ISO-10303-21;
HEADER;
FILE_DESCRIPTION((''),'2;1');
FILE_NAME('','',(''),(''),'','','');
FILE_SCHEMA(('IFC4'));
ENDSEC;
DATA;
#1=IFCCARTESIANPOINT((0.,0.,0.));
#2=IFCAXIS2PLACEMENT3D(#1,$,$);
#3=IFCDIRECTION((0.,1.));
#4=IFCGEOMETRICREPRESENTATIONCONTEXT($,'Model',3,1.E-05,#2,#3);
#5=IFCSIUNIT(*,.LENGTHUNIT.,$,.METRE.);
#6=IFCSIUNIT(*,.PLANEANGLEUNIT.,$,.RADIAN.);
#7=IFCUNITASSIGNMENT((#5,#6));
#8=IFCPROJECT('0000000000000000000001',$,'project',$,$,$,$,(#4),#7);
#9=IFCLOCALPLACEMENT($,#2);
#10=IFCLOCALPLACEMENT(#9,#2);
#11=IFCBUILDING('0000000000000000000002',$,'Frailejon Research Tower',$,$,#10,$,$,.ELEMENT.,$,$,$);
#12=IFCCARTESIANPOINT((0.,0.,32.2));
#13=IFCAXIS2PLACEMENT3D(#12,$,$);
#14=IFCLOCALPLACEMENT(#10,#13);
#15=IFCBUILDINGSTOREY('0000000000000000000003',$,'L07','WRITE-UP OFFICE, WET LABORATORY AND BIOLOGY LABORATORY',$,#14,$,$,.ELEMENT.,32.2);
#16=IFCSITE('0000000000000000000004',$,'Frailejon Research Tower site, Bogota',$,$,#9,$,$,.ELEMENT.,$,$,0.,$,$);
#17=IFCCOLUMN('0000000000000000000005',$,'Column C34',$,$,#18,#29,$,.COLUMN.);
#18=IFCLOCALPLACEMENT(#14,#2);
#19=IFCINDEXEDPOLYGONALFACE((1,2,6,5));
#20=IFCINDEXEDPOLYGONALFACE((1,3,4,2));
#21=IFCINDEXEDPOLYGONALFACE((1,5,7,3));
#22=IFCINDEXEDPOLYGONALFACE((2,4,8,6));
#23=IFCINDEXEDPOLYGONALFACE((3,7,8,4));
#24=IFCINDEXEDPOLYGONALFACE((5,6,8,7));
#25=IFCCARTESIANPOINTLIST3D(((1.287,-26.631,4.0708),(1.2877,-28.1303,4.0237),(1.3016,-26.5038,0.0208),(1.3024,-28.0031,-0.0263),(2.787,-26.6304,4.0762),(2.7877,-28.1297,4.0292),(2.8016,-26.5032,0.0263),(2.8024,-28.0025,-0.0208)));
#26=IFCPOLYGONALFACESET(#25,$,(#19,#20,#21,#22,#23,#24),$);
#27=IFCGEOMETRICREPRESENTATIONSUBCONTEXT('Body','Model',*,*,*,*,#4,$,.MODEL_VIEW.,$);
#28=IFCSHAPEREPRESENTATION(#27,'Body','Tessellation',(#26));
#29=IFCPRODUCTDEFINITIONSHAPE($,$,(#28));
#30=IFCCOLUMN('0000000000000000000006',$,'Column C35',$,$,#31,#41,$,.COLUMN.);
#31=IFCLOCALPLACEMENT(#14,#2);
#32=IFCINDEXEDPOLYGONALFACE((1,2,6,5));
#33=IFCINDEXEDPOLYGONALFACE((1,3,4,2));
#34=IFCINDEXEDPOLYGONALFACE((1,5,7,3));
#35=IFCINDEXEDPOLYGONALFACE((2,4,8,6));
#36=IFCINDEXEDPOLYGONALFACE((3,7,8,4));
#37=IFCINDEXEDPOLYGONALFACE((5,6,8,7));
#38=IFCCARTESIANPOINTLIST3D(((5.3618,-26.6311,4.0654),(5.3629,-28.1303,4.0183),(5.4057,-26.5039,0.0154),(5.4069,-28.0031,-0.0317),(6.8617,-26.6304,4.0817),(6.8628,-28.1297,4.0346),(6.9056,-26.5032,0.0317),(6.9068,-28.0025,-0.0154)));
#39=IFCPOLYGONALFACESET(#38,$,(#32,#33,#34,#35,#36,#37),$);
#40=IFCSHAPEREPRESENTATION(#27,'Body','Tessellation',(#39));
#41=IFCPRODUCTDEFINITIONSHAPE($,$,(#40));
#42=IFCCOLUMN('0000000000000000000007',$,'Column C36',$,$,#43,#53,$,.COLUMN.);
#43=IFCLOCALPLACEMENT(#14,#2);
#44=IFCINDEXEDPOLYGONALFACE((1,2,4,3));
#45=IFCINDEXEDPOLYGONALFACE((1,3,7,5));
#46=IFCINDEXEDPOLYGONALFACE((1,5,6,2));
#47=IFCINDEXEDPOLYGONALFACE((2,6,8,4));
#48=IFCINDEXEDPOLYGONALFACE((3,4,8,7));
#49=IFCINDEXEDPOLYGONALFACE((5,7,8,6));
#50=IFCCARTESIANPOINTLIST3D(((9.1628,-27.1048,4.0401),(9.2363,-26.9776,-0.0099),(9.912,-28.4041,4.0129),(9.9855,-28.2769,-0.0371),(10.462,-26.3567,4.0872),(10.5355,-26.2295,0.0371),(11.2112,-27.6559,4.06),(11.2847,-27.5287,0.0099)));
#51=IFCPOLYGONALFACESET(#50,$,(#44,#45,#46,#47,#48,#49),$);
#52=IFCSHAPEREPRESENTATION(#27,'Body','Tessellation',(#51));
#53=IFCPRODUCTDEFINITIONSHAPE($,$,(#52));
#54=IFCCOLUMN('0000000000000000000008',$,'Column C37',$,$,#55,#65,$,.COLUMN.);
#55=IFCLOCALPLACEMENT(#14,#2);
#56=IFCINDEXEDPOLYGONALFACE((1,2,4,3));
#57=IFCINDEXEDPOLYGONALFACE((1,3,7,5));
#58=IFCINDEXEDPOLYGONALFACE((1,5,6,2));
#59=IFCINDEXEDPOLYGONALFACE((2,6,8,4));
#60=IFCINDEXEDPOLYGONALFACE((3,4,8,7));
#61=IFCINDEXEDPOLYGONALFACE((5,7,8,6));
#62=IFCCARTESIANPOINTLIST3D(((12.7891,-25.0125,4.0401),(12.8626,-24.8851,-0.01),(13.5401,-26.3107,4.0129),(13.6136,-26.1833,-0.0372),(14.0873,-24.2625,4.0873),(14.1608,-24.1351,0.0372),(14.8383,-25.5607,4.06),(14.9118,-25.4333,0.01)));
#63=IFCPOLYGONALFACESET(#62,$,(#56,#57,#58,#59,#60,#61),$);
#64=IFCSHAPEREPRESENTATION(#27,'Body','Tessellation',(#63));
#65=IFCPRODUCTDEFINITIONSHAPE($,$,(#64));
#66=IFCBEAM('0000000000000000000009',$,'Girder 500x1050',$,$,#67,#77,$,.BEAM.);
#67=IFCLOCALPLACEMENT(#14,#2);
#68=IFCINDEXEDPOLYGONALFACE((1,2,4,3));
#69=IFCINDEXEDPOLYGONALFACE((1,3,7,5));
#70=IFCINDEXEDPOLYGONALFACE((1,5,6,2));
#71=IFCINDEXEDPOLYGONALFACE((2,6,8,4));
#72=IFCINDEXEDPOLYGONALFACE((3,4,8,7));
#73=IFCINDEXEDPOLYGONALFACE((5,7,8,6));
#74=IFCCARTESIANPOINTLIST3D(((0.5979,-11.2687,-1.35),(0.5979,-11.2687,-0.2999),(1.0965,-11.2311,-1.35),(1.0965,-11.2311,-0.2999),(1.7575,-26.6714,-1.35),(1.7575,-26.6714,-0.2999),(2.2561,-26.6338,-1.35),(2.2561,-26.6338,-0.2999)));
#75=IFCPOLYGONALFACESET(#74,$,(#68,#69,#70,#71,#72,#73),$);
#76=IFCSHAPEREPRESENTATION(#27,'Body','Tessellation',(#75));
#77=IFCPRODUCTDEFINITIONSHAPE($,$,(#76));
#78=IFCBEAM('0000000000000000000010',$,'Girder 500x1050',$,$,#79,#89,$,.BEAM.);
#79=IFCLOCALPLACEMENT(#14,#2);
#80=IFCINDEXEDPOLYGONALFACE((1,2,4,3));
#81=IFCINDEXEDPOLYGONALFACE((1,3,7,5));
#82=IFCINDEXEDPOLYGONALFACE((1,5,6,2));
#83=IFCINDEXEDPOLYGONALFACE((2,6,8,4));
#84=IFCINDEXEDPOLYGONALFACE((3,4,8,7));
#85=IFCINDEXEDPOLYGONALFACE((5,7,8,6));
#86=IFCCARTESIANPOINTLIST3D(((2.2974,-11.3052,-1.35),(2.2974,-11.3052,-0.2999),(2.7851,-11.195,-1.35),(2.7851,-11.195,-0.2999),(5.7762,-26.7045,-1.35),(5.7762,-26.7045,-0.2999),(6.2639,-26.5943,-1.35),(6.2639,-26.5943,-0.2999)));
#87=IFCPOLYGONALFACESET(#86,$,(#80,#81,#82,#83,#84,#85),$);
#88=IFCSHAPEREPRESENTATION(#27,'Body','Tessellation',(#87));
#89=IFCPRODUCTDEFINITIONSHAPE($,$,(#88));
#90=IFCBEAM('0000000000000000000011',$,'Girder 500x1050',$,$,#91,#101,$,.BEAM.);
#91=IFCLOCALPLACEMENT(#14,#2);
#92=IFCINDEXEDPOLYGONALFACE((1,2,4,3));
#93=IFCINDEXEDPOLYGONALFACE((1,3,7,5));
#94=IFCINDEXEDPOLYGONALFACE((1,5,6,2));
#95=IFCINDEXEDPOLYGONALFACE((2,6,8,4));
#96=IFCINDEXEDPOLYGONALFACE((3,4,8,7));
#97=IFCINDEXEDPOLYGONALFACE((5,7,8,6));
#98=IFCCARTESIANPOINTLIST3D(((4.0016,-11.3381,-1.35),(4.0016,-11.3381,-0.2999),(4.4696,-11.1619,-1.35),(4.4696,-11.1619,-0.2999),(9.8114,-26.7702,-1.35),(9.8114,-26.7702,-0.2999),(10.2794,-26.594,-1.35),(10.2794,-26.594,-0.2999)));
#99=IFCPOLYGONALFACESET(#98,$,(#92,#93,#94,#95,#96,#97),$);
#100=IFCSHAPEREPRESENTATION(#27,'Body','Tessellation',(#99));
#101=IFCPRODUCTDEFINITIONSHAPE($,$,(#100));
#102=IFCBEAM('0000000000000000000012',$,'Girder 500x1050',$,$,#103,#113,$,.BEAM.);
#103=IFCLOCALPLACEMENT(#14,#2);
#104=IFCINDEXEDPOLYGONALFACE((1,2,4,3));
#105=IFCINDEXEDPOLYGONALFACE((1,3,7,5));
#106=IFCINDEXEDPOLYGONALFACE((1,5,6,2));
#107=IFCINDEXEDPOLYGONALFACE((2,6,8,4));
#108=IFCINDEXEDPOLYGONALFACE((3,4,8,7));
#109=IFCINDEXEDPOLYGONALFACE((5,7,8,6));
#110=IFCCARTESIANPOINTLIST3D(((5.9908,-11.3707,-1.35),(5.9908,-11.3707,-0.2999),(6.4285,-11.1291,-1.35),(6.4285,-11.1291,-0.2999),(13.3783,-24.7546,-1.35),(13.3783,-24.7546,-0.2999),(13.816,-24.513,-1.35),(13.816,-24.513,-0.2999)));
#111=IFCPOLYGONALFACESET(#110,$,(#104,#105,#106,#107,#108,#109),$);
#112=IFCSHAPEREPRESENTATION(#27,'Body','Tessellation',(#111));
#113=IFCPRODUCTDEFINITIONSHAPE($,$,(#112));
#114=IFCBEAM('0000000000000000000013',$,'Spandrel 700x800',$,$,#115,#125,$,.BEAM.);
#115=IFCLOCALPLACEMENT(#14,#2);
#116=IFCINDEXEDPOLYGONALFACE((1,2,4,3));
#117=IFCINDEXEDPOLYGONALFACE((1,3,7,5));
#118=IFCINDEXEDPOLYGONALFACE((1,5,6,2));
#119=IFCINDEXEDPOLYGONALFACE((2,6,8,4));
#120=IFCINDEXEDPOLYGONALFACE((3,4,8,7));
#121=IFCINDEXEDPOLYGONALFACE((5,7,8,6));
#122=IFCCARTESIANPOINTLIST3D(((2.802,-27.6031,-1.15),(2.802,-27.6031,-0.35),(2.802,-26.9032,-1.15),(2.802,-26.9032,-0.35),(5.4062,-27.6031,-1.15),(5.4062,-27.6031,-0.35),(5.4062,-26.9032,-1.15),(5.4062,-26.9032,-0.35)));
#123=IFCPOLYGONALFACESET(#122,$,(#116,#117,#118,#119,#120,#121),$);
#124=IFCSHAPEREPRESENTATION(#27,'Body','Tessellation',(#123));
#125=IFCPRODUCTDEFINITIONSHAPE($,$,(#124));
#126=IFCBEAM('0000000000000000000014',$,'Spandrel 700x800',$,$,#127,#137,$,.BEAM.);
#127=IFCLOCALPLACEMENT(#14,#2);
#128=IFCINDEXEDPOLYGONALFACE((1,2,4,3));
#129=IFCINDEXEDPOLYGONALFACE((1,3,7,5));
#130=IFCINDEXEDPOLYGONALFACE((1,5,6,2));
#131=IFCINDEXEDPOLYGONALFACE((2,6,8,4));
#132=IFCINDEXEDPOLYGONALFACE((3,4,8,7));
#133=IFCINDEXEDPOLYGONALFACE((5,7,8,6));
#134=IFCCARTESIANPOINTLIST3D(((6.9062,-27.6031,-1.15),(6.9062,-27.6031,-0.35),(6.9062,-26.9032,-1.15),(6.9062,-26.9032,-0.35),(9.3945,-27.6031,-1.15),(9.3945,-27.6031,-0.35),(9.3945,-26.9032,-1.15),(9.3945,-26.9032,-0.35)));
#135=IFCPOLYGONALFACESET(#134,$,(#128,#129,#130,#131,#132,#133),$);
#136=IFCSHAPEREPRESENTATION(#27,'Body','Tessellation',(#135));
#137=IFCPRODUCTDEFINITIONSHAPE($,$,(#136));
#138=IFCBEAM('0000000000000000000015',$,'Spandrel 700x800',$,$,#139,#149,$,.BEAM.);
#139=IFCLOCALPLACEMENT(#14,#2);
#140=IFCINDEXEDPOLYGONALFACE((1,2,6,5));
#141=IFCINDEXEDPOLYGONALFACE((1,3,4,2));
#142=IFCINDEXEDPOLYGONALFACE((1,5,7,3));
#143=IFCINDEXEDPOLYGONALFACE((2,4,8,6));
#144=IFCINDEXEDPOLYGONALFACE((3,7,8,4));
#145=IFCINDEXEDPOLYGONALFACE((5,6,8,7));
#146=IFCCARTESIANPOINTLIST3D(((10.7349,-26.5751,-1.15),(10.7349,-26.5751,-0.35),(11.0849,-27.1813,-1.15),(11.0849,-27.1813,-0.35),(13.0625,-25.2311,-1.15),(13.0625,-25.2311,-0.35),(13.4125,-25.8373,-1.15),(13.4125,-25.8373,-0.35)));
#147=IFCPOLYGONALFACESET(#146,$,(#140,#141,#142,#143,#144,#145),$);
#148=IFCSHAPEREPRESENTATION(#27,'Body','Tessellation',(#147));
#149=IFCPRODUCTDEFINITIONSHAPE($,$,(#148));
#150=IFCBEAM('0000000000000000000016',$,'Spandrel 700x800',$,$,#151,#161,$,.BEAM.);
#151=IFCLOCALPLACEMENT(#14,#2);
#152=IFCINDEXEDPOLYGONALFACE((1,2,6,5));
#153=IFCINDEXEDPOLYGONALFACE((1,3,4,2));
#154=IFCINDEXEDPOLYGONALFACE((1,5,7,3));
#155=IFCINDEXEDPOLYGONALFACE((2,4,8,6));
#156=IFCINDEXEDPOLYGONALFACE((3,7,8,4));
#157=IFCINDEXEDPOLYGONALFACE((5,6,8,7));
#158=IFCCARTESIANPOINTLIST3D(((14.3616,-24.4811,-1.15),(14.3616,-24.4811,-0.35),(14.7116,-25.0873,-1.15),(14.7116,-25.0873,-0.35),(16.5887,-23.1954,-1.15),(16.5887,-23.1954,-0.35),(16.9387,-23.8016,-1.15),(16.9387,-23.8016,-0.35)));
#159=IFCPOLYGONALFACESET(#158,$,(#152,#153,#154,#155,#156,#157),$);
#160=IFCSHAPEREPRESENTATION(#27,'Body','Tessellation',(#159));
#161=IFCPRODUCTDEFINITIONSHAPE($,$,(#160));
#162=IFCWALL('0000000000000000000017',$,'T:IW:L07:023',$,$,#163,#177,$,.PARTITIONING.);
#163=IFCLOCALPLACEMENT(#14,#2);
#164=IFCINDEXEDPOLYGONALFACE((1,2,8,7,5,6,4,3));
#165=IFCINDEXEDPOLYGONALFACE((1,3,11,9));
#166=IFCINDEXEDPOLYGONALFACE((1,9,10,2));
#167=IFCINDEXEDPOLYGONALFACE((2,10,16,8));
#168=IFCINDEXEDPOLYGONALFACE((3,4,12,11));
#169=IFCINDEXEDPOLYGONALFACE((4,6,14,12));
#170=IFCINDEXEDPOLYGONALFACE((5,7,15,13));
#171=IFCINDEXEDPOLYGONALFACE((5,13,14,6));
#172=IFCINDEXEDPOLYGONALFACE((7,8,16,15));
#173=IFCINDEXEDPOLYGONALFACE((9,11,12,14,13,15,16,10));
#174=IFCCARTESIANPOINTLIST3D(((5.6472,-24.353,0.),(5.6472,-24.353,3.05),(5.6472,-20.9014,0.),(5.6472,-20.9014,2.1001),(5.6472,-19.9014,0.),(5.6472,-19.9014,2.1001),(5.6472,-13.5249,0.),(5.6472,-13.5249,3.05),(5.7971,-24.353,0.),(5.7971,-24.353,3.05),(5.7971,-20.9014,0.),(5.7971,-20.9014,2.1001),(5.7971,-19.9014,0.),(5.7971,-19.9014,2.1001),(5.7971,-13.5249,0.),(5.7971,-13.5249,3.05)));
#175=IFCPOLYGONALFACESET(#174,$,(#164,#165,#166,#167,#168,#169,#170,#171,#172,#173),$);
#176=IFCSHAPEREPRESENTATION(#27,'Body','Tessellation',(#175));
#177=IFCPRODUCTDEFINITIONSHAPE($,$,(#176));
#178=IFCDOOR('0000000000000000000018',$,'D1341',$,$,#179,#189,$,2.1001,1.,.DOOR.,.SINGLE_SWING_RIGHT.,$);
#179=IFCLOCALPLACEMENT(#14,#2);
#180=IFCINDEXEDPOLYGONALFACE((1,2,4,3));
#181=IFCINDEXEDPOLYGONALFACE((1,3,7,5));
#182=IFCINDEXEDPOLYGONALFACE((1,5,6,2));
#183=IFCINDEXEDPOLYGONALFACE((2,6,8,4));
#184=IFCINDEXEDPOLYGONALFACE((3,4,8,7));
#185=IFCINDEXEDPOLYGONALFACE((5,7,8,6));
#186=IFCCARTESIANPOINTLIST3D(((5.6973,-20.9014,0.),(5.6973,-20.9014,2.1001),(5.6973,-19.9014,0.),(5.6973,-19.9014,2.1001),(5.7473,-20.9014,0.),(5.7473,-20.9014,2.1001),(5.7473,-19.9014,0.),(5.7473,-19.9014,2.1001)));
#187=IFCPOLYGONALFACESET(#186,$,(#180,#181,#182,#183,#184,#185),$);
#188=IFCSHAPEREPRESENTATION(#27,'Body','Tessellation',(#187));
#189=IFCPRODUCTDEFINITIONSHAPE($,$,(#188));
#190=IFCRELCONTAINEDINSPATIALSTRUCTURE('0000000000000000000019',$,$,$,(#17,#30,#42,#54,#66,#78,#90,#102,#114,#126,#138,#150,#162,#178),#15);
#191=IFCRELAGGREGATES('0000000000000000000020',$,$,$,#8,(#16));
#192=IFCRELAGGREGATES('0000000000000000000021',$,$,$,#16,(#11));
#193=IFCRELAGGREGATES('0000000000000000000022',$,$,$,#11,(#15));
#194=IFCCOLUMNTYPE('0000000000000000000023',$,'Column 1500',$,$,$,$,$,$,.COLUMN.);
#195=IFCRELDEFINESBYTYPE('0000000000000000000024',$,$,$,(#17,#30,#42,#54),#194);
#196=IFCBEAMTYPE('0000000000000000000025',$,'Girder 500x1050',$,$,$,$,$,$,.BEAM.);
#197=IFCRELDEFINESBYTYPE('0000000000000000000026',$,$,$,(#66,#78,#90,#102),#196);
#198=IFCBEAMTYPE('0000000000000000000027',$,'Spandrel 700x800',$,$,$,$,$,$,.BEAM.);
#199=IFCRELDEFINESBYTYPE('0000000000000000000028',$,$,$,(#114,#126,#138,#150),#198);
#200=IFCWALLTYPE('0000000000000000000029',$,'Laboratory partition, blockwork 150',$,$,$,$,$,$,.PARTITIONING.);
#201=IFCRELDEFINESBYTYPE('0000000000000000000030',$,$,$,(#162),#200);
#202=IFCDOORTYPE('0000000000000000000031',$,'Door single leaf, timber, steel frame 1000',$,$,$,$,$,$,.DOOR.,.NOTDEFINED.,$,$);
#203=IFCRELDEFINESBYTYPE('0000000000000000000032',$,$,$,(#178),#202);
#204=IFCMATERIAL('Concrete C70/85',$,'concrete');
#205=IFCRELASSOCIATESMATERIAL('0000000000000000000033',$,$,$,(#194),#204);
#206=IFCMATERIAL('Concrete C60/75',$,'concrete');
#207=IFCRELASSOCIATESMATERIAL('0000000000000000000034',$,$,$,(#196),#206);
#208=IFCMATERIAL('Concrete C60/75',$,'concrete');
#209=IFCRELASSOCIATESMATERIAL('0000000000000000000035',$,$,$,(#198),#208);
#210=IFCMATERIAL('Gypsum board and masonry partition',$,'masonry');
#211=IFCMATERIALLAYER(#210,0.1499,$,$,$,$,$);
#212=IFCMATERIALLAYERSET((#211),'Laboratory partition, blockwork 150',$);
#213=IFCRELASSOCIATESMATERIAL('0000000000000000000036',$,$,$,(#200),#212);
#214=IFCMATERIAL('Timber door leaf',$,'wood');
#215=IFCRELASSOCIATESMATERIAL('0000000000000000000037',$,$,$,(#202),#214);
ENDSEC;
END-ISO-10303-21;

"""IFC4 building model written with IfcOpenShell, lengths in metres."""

from ifc_helpers import new_model, si_unit, direction, frame, frame_2d, origin, origin_2d, place, context, subcontext, project, spatial, rectangle, extrude, material, layer, layer_set, material_profile, profile_set, type_object, element, fill, save


model = new_model("IFC4")

# Units and contexts
model_context = context("Model", 3, precision=1e-05, world=origin(), true_north=direction((0.0, 1.0)))
body_context = subcontext(model_context, "Body", "Model", "MODEL_VIEW")
ifc_project = project(units=[si_unit("LENGTHUNIT", "METRE"), si_unit("PLANEANGLEUNIT", "RADIAN")], contexts=[model_context])

# Site, building, storey
site_placement = place(None, origin())
site = spatial("IfcSite", under=ifc_project, at=site_placement, Name="Frailejon Research Tower site, Bogota", CompositionType="ELEMENT", RefElevation=0.0)
building_placement = place(site_placement, origin())
building = spatial("IfcBuilding", under=site, at=building_placement, Name="Frailejon Research Tower", CompositionType="ELEMENT")
storey_placement = place(building_placement, frame((0.0, 0.0, 32.2)))
storey = spatial("IfcBuildingStorey", under=building, at=storey_placement, Name="L07", Description="WRITE-UP OFFICE, WET LABORATORY AND BIOLOGY LABORATORY", CompositionType="ELEMENT", Elevation=32.2)

# Columns
ifc_material_1 = material(Name="Concrete C70/85", Category="concrete")
ifc_material_profile_1 = material_profile(ifc_material_1, rectangle(XDim=1.5, YDim=1.5, at=origin_2d()), Name="Column 1500")
ifc_profile_set_1 = profile_set([ifc_material_profile_1], Name="Concrete C70/85")
column_type = type_object("IfcColumnType", Name="Column 1500", PredefinedType="COLUMN", material=ifc_profile_set_1)
column_1_placement = place(storey_placement, frame((2.052, -27.2532, 0.0), z_axis=(-0.003615, -0.031391, 0.999501), x_axis=(0.999993, 0.000407, 0.00363)))
element("IfcColumn", 1, at=column_1_placement, inside=storey, type_object=column_type, Name="Column C34", PredefinedType="COLUMN", context=body_context, shape_type="SweptSolid", body=[
    extrude(rectangle(XDim=1.5, YDim=1.5, at=origin_2d()), origin(), (0.0, 0.0, 1.0), 4.052),
])
column_2_placement = place(storey_placement, frame((6.1562, -27.2532, 0.0), z_axis=(-0.010845, -0.031389, 0.999448), x_axis=(0.999941, 0.000427, 0.010863)))
element("IfcColumn", 2, at=column_2_placement, inside=storey, type_object=column_type, Name="Column C35", PredefinedType="COLUMN", context=body_context, shape_type="SweptSolid", body=[
    extrude(rectangle(XDim=1.5, YDim=1.5, at=origin_2d()), origin(), (0.0, 0.0, 1.0), 4.0522),
])
for number, where, z_axis, x_axis, name in (
    (3, (10.2605, -27.2532, 0.0), (-0.018133, -0.031386, 0.999343), (0.866156, 0.498787, 0.031381), "Column C36"),
    (4, (13.8872, -25.1592, 0.0), (-0.018133, -0.031446, 0.999341), (0.865469, 0.499975, 0.031436), "Column C37"),
):
    element("IfcColumn", number, at=place(storey_placement, frame(where, z_axis=z_axis, x_axis=x_axis)), inside=storey, type_object=column_type, Name=name, PredefinedType="COLUMN", context=body_context, shape_type="SweptSolid", body=[
        extrude(rectangle(XDim=1.5, YDim=1.5, at=origin_2d()), origin(), (0.0, 0.0, 1.0), 4.0527),
    ])

# Beams
ifc_material_2 = material(Name="Concrete C60/75", Category="concrete")
ifc_material_profile_2 = material_profile(ifc_material_2, rectangle(XDim=0.5, YDim=1.05, at=origin_2d()), Name="Girder 500x1050")
ifc_profile_set_2 = profile_set([ifc_material_profile_2], Name="Concrete C60/75")
beam_type_1 = type_object("IfcBeamType", Name="Girder 500x1050", PredefinedType="BEAM", material=ifc_profile_set_2)
beam_1_placement = place(storey_placement, frame((2.0068, -26.6526, -0.825), z_axis=(-0.075078, 0.997178, 0.0), x_axis=(-0.997178, -0.075078, 0.0)))
element("IfcBeam", 5, at=beam_1_placement, inside=storey, type_object=beam_type_1, Name="Girder 500x1050", PredefinedType="BEAM", context=body_context, shape_type="SweptSolid", body=[
    extrude(rectangle(XDim=0.5, YDim=1.05, at=origin_2d()), origin(), (0.0, 0.0, 1.0), 15.4463),
])
beam_2_placement = place(storey_placement, frame((6.02, -26.6494, -0.825), z_axis=(-0.22035, 0.975421, 0.0), x_axis=(-0.975421, -0.22035, 0.0)))
element("IfcBeam", 6, at=beam_2_placement, inside=storey, type_object=beam_type_1, Name="Girder 500x1050", PredefinedType="BEAM", context=body_context, shape_type="SweptSolid", body=[
    extrude(rectangle(XDim=0.5, YDim=1.05, at=origin_2d()), origin(), (0.0, 0.0, 1.0), 15.7874),
])
beam_3_placement = place(storey_placement, frame((10.0454, -26.6821, -0.825), z_axis=(-0.352334, 0.935874, 0.0), x_axis=(-0.935874, -0.352334, 0.0)))
element("IfcBeam", 7, at=beam_3_placement, inside=storey, type_object=beam_type_1, Name="Girder 500x1050", PredefinedType="BEAM", context=body_context, shape_type="SweptSolid", body=[
    extrude(rectangle(XDim=0.5, YDim=1.05, at=origin_2d()), origin(), (0.0, 0.0, 1.0), 16.4895),
])
beam_4_placement = place(storey_placement, frame((13.5972, -24.6338, -0.825), z_axis=(-0.483242, 0.875487, 0.0), x_axis=(-0.875487, -0.483242, 0.0)))
element("IfcBeam", 8, at=beam_4_placement, inside=storey, type_object=beam_type_1, Name="Girder 500x1050", PredefinedType="BEAM", context=body_context, shape_type="SweptSolid", body=[
    extrude(rectangle(XDim=0.5, YDim=1.05, at=origin_2d()), origin(), (0.0, 0.0, 1.0), 15.2874),
])
ifc_material_3 = material(Name="Concrete C60/75", Category="concrete")
ifc_material_profile_3 = material_profile(ifc_material_3, rectangle(XDim=0.7, YDim=0.8, at=origin_2d()), Name="Spandrel 700x800")
ifc_profile_set_3 = profile_set([ifc_material_profile_3], Name="Concrete C60/75")
beam_type_2 = type_object("IfcBeamType", Name="Spandrel 700x800", PredefinedType="BEAM", material=ifc_profile_set_3)
beam_5_placement = place(storey_placement, frame((2.802, -27.2532, -0.75), z_axis=(1.0, 0.0, 0.0), x_axis=(0.0, 1.0, 0.0)))
element("IfcBeam", 9, at=beam_5_placement, inside=storey, type_object=beam_type_2, Name="Spandrel 700x800", PredefinedType="BEAM", context=body_context, shape_type="SweptSolid", body=[
    extrude(rectangle(XDim=0.7, YDim=0.8, at=origin_2d()), origin(), (0.0, 0.0, 1.0), 2.6042),
])
beam_6_placement = place(storey_placement, frame((6.9062, -27.2532, -0.75), z_axis=(1.0, 0.0, 0.0), x_axis=(0.0, 1.0, 0.0)))
element("IfcBeam", 10, at=beam_6_placement, inside=storey, type_object=beam_type_2, Name="Spandrel 700x800", PredefinedType="BEAM", context=body_context, shape_type="SweptSolid", body=[
    extrude(rectangle(XDim=0.7, YDim=0.8, at=origin_2d()), origin(), (0.0, 0.0, 1.0), 2.4883),
])
beam_7_placement = place(storey_placement, frame((10.9099, -26.8782, -0.75), z_axis=(0.866004, 0.500037, 0.0), x_axis=(-0.500037, 0.866004, 0.0)))
element("IfcBeam", 11, at=beam_7_placement, inside=storey, type_object=beam_type_2, Name="Spandrel 700x800", PredefinedType="BEAM", context=body_context, shape_type="SweptSolid", body=[
    extrude(rectangle(XDim=0.7, YDim=0.8, at=origin_2d()), origin(), (0.0, 0.0, 1.0), 2.6877),
])
beam_8_placement = place(storey_placement, frame((14.5366, -24.7842, -0.75), z_axis=(0.86605, 0.499958, 0.0), x_axis=(-0.499958, 0.86605, 0.0)))
element("IfcBeam", 12, at=beam_8_placement, inside=storey, type_object=beam_type_2, Name="Spandrel 700x800", PredefinedType="BEAM", context=body_context, shape_type="SweptSolid", body=[
    extrude(rectangle(XDim=0.7, YDim=0.8, at=origin_2d()), origin(), (0.0, 0.0, 1.0), 2.5715),
])

# Wall, opening, door
ifc_material_4 = material(Name="Gypsum board and masonry partition", Category="masonry")
ifc_layer_1 = layer(ifc_material_4, 0.1499)
ifc_layer_set_1 = layer_set([ifc_layer_1], Name="Laboratory partition, blockwork 150")
wall_type_1 = type_object("IfcWallType", Name="Laboratory partition, blockwork 150", PredefinedType="PARTITIONING", material=ifc_layer_set_1)
wall_1_placement = place(storey_placement, frame((5.7222, -24.353, 0.0), z_axis=(0.0, 0.0, 1.0), x_axis=(0.0, 1.0, 0.0)))
wall_1 = element("IfcWall", 13, at=wall_1_placement, inside=storey, type_object=wall_type_1, Name="T:IW:L07:023", PredefinedType="PARTITIONING", context=body_context, shape_type="SweptSolid", body=[
    extrude(rectangle(XDim=10.8281, YDim=0.1499, at=frame_2d((5.4141, 0.0))), origin(), (0.0, 0.0, 1.0), 3.05),
])
opening_1_placement = place(wall_1_placement, frame((3.4517, 0.0, 0.0)))
opening_1 = element("IfcOpeningElement", 14, at=opening_1_placement, cuts=wall_1, PredefinedType="OPENING", context=body_context, shape_type="SweptSolid", body=[
    extrude(rectangle(XDim=1.0, YDim=2.1001, at=frame_2d((0.5, 1.05))), frame((0.0, 0.085, 0.0), z_axis=(0.0, -1.0, 0.0), x_axis=(1.0, 0.0, 0.0)), (0.0, 0.0, 1.0), 0.1699),
])
ifc_material_5 = material(Name="Timber door leaf", Category="wood")
door_type_1 = type_object("IfcDoorType", Name="Door single leaf, timber, steel frame 1000", OperationType="NOTDEFINED", PredefinedType="DOOR", material=ifc_material_5)
door_1_placement = place(opening_1_placement, origin())
door_1 = element("IfcDoor", 15, at=door_1_placement, inside=storey, type_object=door_type_1, Name="D1341", OperationType="SINGLE_SWING_RIGHT", OverallHeight=2.1001, OverallWidth=1.0, PredefinedType="DOOR", context=body_context, shape_type="SweptSolid", body=[
    extrude(rectangle(XDim=1.0, YDim=2.1001, at=frame_2d((0.5, 1.05))), frame((0.0, 0.0249, 0.0), z_axis=(0.0, -1.0, 0.0), x_axis=(1.0, 0.0, 0.0)), (0.0, 0.0, 1.0), 0.05),
])
fill(opening_1, door_1)

save(model, "model.ifc")
